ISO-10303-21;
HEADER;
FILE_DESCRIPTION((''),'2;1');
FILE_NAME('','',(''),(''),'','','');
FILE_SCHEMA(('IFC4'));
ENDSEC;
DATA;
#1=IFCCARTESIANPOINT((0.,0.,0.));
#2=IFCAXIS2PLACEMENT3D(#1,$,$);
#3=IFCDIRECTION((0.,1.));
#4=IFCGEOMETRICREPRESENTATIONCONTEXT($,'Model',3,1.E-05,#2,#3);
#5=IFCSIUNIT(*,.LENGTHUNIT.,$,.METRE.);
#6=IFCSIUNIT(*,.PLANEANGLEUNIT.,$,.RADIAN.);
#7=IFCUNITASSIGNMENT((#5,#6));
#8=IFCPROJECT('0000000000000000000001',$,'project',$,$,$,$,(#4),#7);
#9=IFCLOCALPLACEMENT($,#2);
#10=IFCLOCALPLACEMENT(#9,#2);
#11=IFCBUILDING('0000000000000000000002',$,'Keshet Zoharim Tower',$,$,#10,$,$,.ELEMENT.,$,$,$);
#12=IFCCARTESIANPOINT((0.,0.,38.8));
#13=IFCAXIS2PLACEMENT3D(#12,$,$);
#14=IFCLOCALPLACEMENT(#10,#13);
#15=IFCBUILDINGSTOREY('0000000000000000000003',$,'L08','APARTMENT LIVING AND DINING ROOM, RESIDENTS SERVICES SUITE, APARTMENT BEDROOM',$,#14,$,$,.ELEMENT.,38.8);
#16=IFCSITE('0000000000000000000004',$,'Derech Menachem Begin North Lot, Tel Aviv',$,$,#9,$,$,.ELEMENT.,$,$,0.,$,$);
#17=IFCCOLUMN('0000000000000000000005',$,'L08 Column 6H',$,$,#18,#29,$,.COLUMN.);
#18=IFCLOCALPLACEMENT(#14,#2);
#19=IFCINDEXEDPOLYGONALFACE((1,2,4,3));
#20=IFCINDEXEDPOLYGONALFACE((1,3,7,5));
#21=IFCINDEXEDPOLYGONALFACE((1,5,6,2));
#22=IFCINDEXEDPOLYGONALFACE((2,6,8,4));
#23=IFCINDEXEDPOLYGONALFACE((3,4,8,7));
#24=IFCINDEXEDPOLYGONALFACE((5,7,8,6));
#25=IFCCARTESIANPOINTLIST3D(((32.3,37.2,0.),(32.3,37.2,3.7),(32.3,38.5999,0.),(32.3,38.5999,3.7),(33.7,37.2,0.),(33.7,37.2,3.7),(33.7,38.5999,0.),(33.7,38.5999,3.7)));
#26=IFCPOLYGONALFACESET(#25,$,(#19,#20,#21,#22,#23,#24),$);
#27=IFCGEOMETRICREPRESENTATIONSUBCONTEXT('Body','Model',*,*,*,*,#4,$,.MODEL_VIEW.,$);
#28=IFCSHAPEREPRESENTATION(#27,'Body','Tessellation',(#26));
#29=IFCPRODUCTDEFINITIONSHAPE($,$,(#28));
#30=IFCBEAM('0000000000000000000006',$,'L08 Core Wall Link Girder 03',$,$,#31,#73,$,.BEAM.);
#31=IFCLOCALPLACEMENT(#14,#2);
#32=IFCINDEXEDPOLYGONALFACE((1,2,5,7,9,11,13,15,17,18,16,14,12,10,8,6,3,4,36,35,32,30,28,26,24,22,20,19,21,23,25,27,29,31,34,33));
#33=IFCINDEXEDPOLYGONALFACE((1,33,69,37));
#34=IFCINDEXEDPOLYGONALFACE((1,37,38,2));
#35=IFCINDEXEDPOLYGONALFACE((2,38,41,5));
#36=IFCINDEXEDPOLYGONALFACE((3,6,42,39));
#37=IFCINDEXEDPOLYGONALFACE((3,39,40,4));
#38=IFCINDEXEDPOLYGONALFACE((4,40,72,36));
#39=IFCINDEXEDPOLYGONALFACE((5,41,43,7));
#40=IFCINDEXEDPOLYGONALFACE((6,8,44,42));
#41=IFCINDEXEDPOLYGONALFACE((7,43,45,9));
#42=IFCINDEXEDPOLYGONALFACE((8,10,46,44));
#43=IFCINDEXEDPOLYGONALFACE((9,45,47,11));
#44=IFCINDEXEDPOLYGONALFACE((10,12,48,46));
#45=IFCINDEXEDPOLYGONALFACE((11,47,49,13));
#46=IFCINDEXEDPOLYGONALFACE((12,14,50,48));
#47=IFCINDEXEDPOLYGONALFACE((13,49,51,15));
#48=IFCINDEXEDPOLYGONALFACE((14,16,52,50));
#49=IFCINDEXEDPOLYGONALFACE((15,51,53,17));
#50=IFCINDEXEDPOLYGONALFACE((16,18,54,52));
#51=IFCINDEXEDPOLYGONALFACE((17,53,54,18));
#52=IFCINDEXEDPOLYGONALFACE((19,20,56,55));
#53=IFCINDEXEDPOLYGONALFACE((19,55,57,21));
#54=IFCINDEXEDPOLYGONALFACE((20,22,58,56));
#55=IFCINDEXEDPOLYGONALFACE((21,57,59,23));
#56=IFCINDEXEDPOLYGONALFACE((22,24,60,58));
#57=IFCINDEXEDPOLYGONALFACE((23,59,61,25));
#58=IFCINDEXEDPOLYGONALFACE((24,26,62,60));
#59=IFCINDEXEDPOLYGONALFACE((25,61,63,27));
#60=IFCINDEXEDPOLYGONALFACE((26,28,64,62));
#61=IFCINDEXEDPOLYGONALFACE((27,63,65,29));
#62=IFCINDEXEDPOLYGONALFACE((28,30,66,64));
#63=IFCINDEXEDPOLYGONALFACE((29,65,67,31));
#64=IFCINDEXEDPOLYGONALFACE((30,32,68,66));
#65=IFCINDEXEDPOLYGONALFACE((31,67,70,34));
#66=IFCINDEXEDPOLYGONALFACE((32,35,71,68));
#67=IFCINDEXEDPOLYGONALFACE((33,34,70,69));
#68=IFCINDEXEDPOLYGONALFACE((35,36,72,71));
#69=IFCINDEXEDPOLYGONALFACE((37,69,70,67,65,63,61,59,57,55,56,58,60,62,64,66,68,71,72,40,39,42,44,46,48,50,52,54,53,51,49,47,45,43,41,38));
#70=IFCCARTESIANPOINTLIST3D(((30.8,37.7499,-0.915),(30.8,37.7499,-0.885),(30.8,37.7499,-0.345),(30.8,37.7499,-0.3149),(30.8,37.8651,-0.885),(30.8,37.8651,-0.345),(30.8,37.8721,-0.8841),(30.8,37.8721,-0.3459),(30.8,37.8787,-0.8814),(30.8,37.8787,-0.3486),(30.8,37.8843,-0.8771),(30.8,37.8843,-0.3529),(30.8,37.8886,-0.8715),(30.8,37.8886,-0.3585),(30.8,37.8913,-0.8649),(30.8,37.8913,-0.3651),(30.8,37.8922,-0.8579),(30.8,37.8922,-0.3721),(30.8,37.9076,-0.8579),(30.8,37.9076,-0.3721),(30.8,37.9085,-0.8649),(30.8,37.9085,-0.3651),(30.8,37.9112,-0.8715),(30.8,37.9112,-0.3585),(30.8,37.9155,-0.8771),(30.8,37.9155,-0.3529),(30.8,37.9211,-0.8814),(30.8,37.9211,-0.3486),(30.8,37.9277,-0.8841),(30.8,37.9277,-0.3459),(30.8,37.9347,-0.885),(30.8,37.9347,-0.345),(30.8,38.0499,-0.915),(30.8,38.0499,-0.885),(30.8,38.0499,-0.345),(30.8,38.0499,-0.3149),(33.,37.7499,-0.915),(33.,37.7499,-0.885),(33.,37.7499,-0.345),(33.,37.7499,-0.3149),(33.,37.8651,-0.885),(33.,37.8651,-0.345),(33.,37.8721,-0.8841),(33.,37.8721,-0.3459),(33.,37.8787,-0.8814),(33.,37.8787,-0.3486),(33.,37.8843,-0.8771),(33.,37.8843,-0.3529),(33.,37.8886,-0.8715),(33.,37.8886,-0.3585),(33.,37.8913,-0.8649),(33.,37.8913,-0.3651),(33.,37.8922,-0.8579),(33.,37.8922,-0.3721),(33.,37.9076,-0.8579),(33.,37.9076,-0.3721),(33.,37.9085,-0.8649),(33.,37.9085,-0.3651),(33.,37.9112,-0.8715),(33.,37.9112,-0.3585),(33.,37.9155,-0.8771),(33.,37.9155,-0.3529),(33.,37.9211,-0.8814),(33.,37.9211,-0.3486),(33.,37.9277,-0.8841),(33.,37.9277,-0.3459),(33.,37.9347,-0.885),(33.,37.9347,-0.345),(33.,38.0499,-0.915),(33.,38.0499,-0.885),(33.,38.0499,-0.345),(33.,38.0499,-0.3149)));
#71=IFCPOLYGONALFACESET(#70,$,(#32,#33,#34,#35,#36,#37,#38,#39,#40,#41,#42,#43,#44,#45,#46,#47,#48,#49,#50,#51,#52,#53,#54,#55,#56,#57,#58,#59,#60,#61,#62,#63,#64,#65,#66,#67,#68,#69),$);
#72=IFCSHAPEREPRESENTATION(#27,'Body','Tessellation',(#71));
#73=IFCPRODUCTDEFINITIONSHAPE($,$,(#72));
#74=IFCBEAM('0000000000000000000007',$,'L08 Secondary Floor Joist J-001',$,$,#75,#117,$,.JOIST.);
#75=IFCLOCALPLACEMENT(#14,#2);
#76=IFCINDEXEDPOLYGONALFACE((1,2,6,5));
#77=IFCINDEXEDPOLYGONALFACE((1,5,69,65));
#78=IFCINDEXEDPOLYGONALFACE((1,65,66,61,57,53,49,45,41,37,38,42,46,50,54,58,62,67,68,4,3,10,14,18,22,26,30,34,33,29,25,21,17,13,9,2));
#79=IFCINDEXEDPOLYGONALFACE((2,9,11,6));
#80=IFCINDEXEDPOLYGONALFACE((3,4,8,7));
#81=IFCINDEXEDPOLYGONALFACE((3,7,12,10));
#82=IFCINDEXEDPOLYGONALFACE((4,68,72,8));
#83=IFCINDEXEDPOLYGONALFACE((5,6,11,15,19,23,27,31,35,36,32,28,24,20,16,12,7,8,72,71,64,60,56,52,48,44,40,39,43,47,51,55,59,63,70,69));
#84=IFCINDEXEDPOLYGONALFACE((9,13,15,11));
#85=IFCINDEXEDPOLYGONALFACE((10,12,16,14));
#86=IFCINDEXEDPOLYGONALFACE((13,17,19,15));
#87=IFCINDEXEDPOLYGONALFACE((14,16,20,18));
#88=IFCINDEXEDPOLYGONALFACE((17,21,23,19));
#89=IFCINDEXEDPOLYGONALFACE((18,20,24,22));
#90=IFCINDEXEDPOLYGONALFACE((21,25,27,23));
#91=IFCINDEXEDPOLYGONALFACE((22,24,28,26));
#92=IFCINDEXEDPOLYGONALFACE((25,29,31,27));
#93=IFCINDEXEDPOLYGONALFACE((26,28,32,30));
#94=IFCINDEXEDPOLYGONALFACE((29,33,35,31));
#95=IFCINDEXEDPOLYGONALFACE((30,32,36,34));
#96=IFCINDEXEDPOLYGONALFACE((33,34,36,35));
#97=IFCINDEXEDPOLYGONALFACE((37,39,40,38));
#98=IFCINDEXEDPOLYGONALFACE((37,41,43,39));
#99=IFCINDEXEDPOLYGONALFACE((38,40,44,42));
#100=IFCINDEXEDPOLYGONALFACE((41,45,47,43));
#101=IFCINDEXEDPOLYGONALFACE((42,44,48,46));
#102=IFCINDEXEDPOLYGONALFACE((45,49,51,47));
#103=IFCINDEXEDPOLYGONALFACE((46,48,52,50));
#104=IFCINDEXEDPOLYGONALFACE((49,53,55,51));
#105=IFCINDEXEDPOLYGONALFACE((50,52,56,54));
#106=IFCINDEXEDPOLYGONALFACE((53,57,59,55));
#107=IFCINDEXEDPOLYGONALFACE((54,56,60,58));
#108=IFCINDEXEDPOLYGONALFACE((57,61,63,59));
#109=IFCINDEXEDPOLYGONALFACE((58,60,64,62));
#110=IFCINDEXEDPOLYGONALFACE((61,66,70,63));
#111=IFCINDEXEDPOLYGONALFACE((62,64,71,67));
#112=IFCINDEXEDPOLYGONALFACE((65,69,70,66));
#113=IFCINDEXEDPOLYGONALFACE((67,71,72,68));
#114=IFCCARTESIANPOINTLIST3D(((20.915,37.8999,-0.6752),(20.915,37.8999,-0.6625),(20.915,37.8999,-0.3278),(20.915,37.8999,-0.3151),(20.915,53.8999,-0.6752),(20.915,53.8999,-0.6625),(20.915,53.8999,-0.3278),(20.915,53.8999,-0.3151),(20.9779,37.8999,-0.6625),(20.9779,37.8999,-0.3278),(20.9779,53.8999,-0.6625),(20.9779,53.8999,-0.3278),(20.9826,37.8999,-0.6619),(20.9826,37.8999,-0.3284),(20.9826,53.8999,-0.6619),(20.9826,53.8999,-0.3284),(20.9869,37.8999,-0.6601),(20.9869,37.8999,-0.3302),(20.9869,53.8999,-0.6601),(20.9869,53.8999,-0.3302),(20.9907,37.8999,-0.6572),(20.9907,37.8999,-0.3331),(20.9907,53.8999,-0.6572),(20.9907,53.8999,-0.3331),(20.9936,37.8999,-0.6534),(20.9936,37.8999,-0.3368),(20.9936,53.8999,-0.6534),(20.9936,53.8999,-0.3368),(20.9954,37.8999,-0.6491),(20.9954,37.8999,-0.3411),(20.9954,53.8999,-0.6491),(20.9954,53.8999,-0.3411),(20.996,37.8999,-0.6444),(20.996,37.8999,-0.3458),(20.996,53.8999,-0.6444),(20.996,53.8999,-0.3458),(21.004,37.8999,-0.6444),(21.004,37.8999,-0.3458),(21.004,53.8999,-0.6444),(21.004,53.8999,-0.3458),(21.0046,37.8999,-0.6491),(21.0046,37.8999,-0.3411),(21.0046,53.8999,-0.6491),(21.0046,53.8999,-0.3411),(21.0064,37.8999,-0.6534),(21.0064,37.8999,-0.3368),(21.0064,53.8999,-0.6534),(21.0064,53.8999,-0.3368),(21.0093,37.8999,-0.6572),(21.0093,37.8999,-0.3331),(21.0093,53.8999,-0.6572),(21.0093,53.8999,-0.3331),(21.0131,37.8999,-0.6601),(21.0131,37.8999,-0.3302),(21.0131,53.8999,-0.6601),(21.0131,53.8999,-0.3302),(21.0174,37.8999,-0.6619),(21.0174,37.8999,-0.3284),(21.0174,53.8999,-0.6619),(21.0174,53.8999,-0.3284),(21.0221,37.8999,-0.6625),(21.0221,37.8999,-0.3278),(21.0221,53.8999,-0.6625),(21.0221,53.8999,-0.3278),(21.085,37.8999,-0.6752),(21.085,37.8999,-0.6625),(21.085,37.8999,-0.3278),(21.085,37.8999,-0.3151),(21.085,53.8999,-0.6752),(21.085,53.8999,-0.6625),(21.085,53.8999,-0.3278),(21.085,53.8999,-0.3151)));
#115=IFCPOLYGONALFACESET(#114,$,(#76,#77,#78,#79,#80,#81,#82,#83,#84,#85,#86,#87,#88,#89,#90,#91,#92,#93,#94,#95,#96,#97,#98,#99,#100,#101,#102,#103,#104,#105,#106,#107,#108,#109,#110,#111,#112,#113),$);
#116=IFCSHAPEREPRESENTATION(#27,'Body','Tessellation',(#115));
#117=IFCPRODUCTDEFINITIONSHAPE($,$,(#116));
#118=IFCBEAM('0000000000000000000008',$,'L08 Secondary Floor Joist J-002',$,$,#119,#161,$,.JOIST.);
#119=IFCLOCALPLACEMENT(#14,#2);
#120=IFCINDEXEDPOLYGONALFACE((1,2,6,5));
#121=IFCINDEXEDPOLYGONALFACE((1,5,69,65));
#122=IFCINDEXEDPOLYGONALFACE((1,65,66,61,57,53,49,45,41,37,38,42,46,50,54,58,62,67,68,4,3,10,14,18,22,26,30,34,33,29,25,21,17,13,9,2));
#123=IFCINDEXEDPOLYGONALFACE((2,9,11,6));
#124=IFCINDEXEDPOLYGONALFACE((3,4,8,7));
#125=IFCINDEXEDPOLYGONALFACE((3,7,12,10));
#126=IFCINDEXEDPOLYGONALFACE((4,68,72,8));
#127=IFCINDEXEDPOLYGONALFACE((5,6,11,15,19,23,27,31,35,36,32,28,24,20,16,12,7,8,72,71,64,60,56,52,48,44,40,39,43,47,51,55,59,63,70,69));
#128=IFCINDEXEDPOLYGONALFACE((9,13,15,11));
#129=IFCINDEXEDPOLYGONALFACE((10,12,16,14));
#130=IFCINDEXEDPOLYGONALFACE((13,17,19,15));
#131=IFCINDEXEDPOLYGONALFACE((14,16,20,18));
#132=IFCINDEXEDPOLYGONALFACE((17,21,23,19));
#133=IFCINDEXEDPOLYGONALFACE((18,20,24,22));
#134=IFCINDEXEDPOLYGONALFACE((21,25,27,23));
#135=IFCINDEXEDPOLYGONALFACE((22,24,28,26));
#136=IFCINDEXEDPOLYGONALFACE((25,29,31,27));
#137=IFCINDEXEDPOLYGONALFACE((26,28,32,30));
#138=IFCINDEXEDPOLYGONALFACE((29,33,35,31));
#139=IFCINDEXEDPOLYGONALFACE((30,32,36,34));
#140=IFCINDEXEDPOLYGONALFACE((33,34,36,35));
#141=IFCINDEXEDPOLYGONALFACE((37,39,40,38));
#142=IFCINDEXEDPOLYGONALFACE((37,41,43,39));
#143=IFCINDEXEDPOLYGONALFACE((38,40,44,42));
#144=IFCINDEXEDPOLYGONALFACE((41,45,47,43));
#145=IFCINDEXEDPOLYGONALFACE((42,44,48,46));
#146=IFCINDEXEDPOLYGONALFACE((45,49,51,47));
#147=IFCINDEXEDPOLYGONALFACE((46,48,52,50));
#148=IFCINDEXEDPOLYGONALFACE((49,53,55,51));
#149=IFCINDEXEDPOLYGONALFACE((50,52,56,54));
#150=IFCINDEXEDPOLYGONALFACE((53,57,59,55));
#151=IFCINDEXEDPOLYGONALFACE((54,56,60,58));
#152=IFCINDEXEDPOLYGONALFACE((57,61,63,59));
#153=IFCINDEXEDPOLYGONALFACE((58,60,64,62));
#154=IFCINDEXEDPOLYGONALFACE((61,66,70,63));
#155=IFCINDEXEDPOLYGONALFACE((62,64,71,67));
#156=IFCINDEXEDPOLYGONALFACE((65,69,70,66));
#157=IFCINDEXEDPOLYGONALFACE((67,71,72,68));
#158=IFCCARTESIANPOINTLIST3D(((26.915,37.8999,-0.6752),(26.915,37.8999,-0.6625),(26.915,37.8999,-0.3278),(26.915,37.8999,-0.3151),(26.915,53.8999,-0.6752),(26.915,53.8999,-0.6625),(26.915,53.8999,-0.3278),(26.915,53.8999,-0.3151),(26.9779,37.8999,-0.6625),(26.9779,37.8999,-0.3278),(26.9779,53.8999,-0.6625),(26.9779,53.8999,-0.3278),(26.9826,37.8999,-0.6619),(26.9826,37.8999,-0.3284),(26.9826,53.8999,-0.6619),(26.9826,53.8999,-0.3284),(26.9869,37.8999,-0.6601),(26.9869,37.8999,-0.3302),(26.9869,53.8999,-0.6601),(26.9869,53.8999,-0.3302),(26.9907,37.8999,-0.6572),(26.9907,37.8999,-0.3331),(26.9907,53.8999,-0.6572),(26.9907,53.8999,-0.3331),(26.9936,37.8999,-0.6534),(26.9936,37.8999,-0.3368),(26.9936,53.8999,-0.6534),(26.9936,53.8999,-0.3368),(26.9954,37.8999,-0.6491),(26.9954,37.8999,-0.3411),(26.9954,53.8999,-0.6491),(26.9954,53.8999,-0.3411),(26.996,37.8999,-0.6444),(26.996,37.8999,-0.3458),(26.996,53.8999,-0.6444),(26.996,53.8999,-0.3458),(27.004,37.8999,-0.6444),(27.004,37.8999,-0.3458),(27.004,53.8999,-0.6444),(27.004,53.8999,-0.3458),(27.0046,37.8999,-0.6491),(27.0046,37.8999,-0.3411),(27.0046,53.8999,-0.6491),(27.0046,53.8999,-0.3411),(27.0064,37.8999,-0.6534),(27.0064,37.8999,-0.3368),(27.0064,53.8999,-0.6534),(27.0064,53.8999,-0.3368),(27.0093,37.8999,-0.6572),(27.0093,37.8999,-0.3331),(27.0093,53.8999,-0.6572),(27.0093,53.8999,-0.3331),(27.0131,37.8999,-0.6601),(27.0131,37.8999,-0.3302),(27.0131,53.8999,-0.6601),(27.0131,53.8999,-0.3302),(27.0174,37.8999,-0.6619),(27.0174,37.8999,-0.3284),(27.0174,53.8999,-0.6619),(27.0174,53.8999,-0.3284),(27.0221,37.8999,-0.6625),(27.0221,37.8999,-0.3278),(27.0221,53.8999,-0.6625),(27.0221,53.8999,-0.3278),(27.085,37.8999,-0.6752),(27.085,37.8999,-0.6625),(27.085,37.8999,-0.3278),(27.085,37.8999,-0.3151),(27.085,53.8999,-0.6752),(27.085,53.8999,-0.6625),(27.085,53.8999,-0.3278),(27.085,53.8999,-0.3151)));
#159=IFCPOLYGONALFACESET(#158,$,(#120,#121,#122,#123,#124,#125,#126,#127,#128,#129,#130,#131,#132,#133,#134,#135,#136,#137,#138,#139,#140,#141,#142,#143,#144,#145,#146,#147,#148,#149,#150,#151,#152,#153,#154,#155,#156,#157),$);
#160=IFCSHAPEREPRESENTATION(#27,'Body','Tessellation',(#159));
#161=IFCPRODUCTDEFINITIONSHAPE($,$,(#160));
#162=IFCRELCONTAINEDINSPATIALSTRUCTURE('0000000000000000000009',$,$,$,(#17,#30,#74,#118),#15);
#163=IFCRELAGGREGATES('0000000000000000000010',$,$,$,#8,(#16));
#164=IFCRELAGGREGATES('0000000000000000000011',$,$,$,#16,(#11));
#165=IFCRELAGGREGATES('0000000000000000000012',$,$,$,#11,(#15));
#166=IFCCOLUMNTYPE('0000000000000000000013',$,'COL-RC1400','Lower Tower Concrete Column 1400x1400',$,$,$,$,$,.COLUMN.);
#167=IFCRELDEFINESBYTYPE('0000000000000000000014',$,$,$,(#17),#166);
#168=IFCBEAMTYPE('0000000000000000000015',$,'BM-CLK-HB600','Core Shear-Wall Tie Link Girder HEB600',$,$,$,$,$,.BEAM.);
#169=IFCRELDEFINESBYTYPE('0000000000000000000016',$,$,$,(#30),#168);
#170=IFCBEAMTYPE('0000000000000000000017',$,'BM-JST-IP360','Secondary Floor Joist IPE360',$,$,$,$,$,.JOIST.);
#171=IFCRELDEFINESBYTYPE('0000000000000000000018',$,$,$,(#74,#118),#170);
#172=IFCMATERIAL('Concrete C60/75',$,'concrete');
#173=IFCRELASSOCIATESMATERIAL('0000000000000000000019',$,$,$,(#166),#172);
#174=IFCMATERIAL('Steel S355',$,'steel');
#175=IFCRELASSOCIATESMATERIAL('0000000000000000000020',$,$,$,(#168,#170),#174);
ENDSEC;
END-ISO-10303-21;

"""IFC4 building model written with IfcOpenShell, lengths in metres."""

from ifc_helpers import new_model, si_unit, direction, frame, origin, origin_2d, place, context, subcontext, project, spatial, rectangle, i_section, extrude, material, material_profile, profile_set, type_object, element, save


model = new_model("IFC4")

# Units and contexts
model_context = context("Model", 3, precision=1e-05, world=origin(), true_north=direction((0.0, 1.0)))
body_context = subcontext(model_context, "Body", "Model", "MODEL_VIEW")
ifc_project = project(units=[si_unit("LENGTHUNIT", "METRE"), si_unit("PLANEANGLEUNIT", "RADIAN")], contexts=[model_context])

# Site, building, storey
site_placement = place(None, origin())
site = spatial("IfcSite", under=ifc_project, at=site_placement, Name="Derech Menachem Begin North Lot, Tel Aviv", CompositionType="ELEMENT", RefElevation=0.0)
building_placement = place(site_placement, origin())
building = spatial("IfcBuilding", under=site, at=building_placement, Name="Keshet Zoharim Tower", CompositionType="ELEMENT")
storey_placement = place(building_placement, frame((0.0, 0.0, 38.8)))
storey = spatial("IfcBuildingStorey", under=building, at=storey_placement, Name="L08", Description="APARTMENT LIVING AND DINING ROOM, RESIDENTS SERVICES SUITE, APARTMENT BEDROOM", CompositionType="ELEMENT", Elevation=38.8)

# Column
ifc_material_1 = material(Name="Concrete C60/75", Category="concrete")
ifc_material_profile_1 = material_profile(ifc_material_1, rectangle(XDim=1.3999, YDim=1.3999, at=origin_2d()), Name="RC1400x1400")
ifc_profile_set_1 = profile_set([ifc_material_profile_1], Name="Concrete C60/75")
column_type = type_object("IfcColumnType", Name="COL-RC1400", Description="Lower Tower Concrete Column 1400x1400", PredefinedType="COLUMN", material=ifc_profile_set_1)
column_placement = place(storey_placement, frame((33.0, 37.8999, 0.0), z_axis=(0.0, 0.0, 1.0), x_axis=(1.0, 0.0, 0.0)))
element("IfcColumn", 1, at=column_placement, inside=storey, type_object=column_type, Name="L08 Column 6H", PredefinedType="COLUMN", context=body_context, shape_type="SweptSolid", body=[
    extrude(rectangle(XDim=1.3999, YDim=1.3999, at=origin_2d()), origin(), (0.0, 0.0, 1.0), 3.7),
])

# Beams
ifc_material_2 = material(Name="Steel S355", Category="steel")
ifc_material_profile_2 = material_profile(ifc_material_2, i_section(OverallWidth=0.3, OverallDepth=0.6001, WebThickness=0.0154, FlangeThickness=0.03, FilletRadius=0.0271, at=origin_2d()), Name="HEB600")
ifc_profile_set_2 = profile_set([ifc_material_profile_2], Name="Steel S355")
beam_type_1 = type_object("IfcBeamType", Name="BM-CLK-HB600", Description="Core Shear-Wall Tie Link Girder HEB600", PredefinedType="BEAM", material=ifc_profile_set_2)
beam_1_placement = place(storey_placement, frame((30.8, 37.8999, -0.615), z_axis=(1.0, 0.0, 0.0), x_axis=(0.0, 1.0, 0.0)))
element("IfcBeam", 2, at=beam_1_placement, inside=storey, type_object=beam_type_1, Name="L08 Core Wall Link Girder 03", PredefinedType="BEAM", context=body_context, shape_type="SweptSolid", body=[
    extrude(i_section(OverallWidth=0.3, OverallDepth=0.6001, WebThickness=0.0154, FlangeThickness=0.03, FilletRadius=0.0271, at=origin_2d()), origin(), (0.0, 0.0, 1.0), 2.2),
])
ifc_material_profile_3 = material_profile(ifc_material_2, i_section(OverallWidth=0.1699, OverallDepth=0.3601, WebThickness=0.0081, FlangeThickness=0.0127, FilletRadius=0.0181, at=origin_2d()), Name="IPE360")
ifc_profile_set_3 = profile_set([ifc_material_profile_3], Name="Steel S355")
beam_type_2 = type_object("IfcBeamType", Name="BM-JST-IP360", Description="Secondary Floor Joist IPE360", PredefinedType="JOIST", material=ifc_profile_set_3)
for number, where, z_axis, x_axis, name in (
    (3, (21.0, 37.8999, -0.4951), (0.0, 1.0, 0.0), (-1.0, 0.0, 0.0), "L08 Secondary Floor Joist J-001"),
    (4, (27.0, 37.8999, -0.4951), (0.0, 1.0, 0.0), (-1.0, 0.0, 0.0), "L08 Secondary Floor Joist J-002"),
):
    element("IfcBeam", number, at=place(storey_placement, frame(where, z_axis=z_axis, x_axis=x_axis)), inside=storey, type_object=beam_type_2, Name=name, PredefinedType="JOIST", context=body_context, shape_type="SweptSolid", body=[
        extrude(i_section(OverallWidth=0.1699, OverallDepth=0.3601, WebThickness=0.0081, FlangeThickness=0.0127, FilletRadius=0.0181, at=origin_2d()), origin(), (0.0, 0.0, 1.0), 16.0),
    ])

save(model, "model.ifc")
